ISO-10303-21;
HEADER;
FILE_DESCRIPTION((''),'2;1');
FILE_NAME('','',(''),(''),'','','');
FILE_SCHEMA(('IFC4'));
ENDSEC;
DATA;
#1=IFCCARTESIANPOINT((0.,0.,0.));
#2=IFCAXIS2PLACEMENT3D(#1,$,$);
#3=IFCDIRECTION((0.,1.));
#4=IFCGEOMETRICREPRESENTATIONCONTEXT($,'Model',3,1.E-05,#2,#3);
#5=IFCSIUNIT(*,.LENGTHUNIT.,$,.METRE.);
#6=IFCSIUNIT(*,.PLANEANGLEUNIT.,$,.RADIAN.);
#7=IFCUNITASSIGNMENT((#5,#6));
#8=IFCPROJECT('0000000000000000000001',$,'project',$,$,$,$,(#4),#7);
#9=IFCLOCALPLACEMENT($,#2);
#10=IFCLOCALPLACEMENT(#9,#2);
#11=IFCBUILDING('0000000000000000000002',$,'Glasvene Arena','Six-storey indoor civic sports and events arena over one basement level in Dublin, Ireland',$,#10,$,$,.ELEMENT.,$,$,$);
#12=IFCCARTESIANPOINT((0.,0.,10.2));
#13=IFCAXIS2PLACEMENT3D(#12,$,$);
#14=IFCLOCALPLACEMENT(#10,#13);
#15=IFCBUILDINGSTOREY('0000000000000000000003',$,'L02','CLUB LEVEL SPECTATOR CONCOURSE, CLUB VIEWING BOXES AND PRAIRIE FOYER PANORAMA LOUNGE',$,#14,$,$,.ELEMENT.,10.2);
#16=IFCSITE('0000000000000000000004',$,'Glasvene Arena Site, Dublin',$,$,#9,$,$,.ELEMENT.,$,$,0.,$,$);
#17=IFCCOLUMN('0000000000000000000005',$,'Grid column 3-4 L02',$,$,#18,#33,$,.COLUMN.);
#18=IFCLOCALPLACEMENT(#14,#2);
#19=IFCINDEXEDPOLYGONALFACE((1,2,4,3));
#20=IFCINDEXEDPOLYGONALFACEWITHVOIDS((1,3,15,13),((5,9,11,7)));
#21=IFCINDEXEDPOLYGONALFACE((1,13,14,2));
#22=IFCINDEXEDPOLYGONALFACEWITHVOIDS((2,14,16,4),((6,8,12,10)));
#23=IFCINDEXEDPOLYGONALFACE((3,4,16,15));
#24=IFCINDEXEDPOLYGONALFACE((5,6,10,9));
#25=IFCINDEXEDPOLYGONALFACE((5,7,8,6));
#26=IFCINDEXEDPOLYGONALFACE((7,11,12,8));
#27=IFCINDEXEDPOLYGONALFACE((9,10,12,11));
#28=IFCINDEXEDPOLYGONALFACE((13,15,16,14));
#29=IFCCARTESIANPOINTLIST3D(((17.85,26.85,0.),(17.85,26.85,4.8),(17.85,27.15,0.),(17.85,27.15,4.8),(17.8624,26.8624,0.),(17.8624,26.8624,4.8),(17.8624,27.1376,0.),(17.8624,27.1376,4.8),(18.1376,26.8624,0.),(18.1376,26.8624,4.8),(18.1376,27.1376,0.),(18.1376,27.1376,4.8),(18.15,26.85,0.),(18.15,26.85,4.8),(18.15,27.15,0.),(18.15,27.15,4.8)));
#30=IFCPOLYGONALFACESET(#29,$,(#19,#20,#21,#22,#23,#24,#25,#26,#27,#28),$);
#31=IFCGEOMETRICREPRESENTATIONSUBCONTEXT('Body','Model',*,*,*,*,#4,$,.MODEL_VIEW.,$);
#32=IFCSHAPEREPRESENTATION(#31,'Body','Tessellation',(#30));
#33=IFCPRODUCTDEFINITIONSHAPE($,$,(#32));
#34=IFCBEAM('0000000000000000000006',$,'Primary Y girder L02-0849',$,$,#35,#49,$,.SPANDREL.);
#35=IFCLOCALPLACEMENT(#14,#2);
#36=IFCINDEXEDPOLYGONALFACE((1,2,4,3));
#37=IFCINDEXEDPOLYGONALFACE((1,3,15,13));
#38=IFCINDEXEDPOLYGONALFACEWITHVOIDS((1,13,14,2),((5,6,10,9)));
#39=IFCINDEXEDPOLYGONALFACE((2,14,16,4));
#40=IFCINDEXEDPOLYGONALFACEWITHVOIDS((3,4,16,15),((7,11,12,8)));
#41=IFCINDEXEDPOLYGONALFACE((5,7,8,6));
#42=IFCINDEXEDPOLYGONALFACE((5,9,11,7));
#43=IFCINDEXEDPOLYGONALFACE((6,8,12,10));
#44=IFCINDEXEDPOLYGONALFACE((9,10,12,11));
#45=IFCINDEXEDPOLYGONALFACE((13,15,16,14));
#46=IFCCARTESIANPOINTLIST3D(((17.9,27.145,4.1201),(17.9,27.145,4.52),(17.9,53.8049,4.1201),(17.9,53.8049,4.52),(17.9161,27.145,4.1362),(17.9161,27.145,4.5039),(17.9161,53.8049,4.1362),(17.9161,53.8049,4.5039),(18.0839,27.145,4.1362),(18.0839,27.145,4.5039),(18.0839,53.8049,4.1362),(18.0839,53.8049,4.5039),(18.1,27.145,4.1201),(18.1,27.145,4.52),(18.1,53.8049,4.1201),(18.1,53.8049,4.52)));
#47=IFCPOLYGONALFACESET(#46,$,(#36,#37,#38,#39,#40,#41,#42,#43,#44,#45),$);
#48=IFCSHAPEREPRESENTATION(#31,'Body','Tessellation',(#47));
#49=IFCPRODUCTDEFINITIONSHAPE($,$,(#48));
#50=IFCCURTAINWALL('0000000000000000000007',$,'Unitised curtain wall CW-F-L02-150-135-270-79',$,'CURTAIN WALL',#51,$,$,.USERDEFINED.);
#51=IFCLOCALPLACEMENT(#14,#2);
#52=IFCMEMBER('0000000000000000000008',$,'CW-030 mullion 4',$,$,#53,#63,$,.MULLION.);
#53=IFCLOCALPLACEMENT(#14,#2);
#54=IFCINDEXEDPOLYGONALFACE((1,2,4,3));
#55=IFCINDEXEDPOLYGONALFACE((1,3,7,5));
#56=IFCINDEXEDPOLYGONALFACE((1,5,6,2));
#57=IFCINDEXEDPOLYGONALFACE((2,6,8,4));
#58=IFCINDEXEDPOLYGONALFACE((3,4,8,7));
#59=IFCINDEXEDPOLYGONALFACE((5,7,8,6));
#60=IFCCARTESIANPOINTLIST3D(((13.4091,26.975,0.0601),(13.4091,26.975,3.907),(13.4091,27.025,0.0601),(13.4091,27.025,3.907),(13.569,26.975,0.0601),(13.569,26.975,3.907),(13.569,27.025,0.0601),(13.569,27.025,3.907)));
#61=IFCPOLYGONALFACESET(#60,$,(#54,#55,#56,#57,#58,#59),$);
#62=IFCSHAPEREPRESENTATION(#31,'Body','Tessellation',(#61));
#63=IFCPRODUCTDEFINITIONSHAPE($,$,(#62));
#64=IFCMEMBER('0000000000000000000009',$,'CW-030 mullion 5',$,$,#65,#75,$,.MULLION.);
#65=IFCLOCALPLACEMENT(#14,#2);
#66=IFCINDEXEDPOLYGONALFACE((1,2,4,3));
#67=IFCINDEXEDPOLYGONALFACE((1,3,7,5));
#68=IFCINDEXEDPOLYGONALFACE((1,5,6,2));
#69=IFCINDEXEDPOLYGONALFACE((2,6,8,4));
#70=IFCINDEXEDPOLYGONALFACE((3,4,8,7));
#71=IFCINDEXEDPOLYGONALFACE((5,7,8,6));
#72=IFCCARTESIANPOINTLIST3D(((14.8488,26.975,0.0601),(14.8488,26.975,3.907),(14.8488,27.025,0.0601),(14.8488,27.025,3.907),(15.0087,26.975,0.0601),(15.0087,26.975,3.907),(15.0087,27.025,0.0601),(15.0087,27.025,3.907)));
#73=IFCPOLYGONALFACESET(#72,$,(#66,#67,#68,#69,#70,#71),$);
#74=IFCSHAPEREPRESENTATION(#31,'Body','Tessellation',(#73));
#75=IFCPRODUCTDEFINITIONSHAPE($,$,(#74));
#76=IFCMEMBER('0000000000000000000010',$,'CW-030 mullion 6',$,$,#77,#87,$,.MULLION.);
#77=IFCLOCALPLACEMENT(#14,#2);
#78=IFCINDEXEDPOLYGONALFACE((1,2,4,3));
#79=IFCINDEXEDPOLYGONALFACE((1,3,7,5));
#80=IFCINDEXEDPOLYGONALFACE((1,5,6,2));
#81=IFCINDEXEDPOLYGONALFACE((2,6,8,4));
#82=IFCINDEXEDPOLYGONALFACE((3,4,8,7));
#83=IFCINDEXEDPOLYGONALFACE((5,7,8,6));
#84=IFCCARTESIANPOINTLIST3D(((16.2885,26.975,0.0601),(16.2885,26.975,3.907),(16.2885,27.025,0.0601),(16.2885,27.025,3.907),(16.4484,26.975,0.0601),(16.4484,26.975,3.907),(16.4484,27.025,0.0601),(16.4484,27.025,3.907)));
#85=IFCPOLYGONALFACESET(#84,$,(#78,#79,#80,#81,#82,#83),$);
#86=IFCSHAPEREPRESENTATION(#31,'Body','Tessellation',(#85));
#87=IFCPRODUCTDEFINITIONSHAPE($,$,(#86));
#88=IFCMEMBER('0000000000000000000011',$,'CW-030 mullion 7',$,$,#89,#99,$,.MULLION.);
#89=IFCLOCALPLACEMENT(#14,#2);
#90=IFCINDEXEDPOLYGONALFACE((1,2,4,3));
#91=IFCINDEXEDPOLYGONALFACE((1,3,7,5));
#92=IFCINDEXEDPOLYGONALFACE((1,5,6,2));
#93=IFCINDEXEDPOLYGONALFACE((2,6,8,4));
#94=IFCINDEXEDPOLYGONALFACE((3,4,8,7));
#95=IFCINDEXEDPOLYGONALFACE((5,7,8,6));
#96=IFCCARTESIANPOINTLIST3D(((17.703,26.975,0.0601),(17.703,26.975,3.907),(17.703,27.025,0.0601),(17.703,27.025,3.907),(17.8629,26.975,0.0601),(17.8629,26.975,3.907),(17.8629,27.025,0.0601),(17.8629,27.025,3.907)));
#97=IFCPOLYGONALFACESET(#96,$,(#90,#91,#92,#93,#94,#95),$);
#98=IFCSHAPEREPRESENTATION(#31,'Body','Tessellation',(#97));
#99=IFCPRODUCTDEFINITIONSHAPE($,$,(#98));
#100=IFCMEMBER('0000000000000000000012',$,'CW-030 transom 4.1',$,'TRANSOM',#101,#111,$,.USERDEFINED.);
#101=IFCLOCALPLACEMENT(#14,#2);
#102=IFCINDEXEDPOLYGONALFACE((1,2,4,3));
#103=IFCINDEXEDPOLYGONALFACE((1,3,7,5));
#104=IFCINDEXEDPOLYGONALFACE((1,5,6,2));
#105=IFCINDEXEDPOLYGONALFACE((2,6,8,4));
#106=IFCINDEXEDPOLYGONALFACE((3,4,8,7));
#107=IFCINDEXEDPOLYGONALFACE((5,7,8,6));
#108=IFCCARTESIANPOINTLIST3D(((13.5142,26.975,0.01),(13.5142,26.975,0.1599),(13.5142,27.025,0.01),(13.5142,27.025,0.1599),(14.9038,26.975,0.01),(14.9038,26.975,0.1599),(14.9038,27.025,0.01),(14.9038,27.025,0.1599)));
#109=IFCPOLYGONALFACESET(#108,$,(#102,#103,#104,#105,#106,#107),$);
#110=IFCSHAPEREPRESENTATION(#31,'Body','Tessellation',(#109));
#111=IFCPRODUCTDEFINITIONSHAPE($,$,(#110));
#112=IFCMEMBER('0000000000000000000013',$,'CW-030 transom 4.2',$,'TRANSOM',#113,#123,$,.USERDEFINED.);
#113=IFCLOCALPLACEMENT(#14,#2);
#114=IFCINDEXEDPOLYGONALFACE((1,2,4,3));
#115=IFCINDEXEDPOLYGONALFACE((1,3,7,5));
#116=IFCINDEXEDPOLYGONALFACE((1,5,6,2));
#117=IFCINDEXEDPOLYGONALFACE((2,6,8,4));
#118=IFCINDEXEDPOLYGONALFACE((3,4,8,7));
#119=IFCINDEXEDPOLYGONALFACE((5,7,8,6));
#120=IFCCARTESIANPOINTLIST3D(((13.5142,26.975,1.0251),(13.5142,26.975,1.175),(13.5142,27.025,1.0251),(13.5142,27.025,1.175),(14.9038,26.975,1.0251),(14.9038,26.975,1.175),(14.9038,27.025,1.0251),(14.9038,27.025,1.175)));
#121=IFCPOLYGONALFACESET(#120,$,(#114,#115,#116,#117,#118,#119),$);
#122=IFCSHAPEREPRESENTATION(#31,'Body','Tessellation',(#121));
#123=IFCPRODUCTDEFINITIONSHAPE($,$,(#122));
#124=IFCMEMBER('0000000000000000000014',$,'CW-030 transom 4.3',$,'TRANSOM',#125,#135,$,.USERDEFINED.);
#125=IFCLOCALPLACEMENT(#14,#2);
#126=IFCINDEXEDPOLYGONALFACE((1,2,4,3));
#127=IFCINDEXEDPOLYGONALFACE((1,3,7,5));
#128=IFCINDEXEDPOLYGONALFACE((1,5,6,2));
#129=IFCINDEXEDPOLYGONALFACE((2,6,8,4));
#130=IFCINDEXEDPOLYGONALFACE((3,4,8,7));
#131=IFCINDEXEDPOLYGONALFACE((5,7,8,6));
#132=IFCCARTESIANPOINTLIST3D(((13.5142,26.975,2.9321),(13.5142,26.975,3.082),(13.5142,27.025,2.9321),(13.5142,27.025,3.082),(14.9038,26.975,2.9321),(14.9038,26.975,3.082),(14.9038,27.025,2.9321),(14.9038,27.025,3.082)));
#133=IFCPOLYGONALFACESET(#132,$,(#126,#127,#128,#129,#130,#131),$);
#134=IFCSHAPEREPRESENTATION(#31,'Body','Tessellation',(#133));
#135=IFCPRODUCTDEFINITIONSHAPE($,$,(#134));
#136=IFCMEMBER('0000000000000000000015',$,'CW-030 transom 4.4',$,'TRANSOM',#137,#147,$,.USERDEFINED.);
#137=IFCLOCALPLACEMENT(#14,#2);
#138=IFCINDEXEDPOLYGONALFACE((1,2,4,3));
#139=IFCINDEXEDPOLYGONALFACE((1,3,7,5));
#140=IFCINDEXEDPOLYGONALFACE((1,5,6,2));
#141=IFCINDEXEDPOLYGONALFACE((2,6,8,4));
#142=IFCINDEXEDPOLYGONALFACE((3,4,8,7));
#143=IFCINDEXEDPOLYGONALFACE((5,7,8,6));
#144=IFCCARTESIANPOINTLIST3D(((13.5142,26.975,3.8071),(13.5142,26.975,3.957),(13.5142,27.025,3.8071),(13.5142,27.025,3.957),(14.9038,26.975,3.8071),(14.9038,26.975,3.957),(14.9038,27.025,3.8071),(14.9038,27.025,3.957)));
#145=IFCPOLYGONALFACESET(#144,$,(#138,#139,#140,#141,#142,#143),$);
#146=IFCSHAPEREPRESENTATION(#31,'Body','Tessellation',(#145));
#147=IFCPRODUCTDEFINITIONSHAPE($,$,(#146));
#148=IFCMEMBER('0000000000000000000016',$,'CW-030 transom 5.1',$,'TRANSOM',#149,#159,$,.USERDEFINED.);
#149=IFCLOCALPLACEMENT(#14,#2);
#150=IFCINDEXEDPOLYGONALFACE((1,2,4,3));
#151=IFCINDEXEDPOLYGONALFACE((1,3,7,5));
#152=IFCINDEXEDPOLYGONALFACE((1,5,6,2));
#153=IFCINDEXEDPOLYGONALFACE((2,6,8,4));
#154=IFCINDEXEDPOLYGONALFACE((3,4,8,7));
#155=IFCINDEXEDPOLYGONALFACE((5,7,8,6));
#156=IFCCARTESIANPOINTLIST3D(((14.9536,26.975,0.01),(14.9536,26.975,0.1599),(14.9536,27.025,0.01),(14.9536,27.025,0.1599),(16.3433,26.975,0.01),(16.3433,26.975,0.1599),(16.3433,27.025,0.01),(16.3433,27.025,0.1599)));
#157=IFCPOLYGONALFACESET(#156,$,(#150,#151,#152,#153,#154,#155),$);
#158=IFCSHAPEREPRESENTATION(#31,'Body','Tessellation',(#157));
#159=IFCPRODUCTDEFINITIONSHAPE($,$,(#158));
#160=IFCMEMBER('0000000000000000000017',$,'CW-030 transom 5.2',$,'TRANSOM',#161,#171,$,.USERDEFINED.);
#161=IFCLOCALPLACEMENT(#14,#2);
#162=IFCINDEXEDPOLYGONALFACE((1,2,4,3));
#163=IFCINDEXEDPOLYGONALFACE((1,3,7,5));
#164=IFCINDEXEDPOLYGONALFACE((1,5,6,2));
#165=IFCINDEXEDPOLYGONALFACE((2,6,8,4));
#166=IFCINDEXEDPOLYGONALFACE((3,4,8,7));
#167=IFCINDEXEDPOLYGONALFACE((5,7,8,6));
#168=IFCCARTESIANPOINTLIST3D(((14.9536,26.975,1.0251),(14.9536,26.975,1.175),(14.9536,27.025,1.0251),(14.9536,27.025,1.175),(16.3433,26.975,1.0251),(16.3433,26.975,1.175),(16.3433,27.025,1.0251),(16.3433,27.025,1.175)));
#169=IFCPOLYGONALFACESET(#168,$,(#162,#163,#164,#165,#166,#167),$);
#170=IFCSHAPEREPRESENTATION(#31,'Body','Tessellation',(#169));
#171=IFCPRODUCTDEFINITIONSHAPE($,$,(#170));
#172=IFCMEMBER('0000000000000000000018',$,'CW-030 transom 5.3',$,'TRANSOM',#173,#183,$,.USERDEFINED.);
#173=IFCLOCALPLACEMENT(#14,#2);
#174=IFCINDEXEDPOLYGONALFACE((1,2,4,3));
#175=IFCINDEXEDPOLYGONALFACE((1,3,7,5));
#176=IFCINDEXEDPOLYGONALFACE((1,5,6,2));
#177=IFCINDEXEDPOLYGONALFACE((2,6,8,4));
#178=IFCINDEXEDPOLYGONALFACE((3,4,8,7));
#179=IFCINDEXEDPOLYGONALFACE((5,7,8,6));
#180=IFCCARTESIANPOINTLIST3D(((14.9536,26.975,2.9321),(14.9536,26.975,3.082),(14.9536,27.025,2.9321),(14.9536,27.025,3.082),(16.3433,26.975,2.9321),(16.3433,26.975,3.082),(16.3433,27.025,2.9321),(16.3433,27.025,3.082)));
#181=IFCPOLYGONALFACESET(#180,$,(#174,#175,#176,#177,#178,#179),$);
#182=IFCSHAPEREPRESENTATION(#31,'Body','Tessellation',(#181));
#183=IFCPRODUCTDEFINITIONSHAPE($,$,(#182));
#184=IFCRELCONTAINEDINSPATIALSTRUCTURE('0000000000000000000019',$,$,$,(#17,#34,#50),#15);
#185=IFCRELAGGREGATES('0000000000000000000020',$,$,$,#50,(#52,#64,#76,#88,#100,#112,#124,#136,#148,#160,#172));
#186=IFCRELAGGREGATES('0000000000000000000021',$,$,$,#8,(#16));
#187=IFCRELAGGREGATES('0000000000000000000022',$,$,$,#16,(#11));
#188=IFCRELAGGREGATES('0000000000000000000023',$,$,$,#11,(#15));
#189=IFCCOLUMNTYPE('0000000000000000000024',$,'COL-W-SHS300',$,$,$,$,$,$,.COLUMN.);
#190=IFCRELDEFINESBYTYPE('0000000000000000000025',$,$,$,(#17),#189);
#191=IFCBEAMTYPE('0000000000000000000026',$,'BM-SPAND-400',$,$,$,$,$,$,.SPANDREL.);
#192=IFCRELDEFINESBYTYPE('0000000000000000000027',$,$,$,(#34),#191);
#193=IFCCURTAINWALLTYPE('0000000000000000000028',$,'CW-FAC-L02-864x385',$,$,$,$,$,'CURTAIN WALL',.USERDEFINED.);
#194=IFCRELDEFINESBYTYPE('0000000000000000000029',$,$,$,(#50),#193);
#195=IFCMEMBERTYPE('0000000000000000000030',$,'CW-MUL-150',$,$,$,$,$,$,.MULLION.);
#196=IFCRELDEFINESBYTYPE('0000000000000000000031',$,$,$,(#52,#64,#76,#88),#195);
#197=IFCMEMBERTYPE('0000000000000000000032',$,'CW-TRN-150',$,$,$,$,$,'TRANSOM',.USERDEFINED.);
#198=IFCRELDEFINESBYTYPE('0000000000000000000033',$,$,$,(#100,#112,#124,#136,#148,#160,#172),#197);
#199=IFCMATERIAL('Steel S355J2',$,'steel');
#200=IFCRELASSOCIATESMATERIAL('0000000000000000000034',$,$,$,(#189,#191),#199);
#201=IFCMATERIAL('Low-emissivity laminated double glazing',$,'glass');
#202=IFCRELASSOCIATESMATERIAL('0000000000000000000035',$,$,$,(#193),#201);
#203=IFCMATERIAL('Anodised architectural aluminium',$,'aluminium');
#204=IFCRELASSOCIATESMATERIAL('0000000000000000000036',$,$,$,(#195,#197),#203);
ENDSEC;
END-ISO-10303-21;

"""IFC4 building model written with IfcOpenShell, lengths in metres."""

from ifc_helpers import new_model, si_unit, direction, frame, origin, origin_2d, place, context, subcontext, project, spatial, rectangle, hollow_rectangle, extrude, material, material_profile, profile_set, type_object, element, aggregate, save


model = new_model("IFC4")

# Units and contexts
model_context = context("Model", 3, precision=1e-05, world=origin(), true_north=direction((0.0, 1.0)))
body_context = subcontext(model_context, "Body", "Model", "MODEL_VIEW")
ifc_project = project(units=[si_unit("LENGTHUNIT", "METRE"), si_unit("PLANEANGLEUNIT", "RADIAN")], contexts=[model_context])

# Site, building, storey
site_placement = place(None, origin())
site = spatial("IfcSite", under=ifc_project, at=site_placement, Name="Glasvene Arena Site, Dublin", CompositionType="ELEMENT", RefElevation=0.0)
building_placement = place(site_placement, origin())
building = spatial("IfcBuilding", under=site, at=building_placement, Name="Glasvene Arena", Description="Six-storey indoor civic sports and events arena over one basement level in Dublin, Ireland", CompositionType="ELEMENT")
storey_placement = place(building_placement, frame((0.0, 0.0, 10.2)))
storey = spatial("IfcBuildingStorey", under=building, at=storey_placement, Name="L02", Description="CLUB LEVEL SPECTATOR CONCOURSE, CLUB VIEWING BOXES AND PRAIRIE FOYER PANORAMA LOUNGE", CompositionType="ELEMENT", Elevation=10.2)

# Column
ifc_material_1 = material(Name="Steel S355J2", Category="steel")
ifc_material_profile_1 = material_profile(ifc_material_1, hollow_rectangle(XDim=0.3, YDim=0.3, WallThickness=0.0125, at=origin_2d()), Name="SHS 300x300x12.5")
ifc_profile_set_1 = profile_set([ifc_material_profile_1], Name="Steel S355J2")
column_type = type_object("IfcColumnType", Name="COL-W-SHS300", PredefinedType="COLUMN", material=ifc_profile_set_1)
column_placement = place(storey_placement, frame((18.0, 27.0, 0.0), z_axis=(0.0, 0.0, 1.0), x_axis=(1.0, 0.0, 0.0)))
element("IfcColumn", 1, at=column_placement, inside=storey, type_object=column_type, Name="Grid column 3-4 L02", PredefinedType="COLUMN", context=body_context, shape_type="SweptSolid", body=[
    extrude(hollow_rectangle(XDim=0.3, YDim=0.3, WallThickness=0.0125, at=origin_2d()), origin(), (0.0, 0.0, 1.0), 4.8),
])

# Beam
ifc_material_profile_2 = material_profile(ifc_material_1, hollow_rectangle(XDim=0.2, YDim=0.3999, WallThickness=0.0161, at=origin_2d()), Name="RHS 400x200x16.0")
ifc_profile_set_2 = profile_set([ifc_material_profile_2], Name="Steel S355J2")
beam_type = type_object("IfcBeamType", Name="BM-SPAND-400", PredefinedType="SPANDREL", material=ifc_profile_set_2)
beam_placement = place(storey_placement, frame((18.0, 27.145, 4.3201), z_axis=(0.0, 1.0, 0.0), x_axis=(-1.0, 0.0, 0.0)))
element("IfcBeam", 2, at=beam_placement, inside=storey, type_object=beam_type, Name="Primary Y girder L02-0849", PredefinedType="SPANDREL", context=body_context, shape_type="SweptSolid", body=[
    extrude(hollow_rectangle(XDim=0.2, YDim=0.3999, WallThickness=0.0161, at=origin_2d()), origin(), (0.0, 0.0, 1.0), 26.6599),
])

# Curtain wall, members
ifc_material_2 = material(Name="Low-emissivity laminated double glazing", Category="glass")
curtain_wall_type = type_object("IfcCurtainWallType", Name="CW-FAC-L02-864x385", ElementType="CURTAIN WALL", PredefinedType="USERDEFINED", material=ifc_material_2)
curtain_wall_placement = place(storey_placement, frame((9.1702, 27.0, 0.0)))
curtain_wall = element("IfcCurtainWall", 3, at=curtain_wall_placement, inside=storey, type_object=curtain_wall_type, Name="Unitised curtain wall CW-F-L02-150-135-270-79", ObjectType="CURTAIN WALL", PredefinedType="USERDEFINED")
ifc_material_3 = material(Name="Anodised architectural aluminium", Category="aluminium")
ifc_material_profile_3 = material_profile(ifc_material_3, rectangle(XDim=0.05, YDim=0.1599, at=origin_2d()), Name="ALU MULLION 50x160")
ifc_profile_set_3 = profile_set([ifc_material_profile_3], Name="Anodised architectural aluminium")
member_type_1 = type_object("IfcMemberType", Name="CW-MUL-150", PredefinedType="MULLION", material=ifc_profile_set_3)
member_1_placement = place(storey_placement, frame((13.489, 27.0, 0.0601), z_axis=(0.0, 0.0, 1.0), x_axis=(0.0, 1.0, 0.0)))
member_1 = element("IfcMember", 4, at=member_1_placement, type_object=member_type_1, Name="CW-030 mullion 4", PredefinedType="MULLION", context=body_context, shape_type="SweptSolid", body=[
    extrude(rectangle(XDim=0.05, YDim=0.1599, at=origin_2d()), origin(), (0.0, 0.0, 1.0), 3.8469),
])
member_2_placement = place(storey_placement, frame((14.9287, 27.0, 0.0601), z_axis=(0.0, 0.0, 1.0), x_axis=(0.0, 1.0, 0.0)))
member_2 = element("IfcMember", 5, at=member_2_placement, type_object=member_type_1, Name="CW-030 mullion 5", PredefinedType="MULLION", context=body_context, shape_type="SweptSolid", body=[
    extrude(rectangle(XDim=0.05, YDim=0.1599, at=origin_2d()), origin(), (0.0, 0.0, 1.0), 3.8469),
])
member_3_placement = place(storey_placement, frame((16.3684, 27.0, 0.0601), z_axis=(0.0, 0.0, 1.0), x_axis=(0.0, 1.0, 0.0)))
member_3 = element("IfcMember", 6, at=member_3_placement, type_object=member_type_1, Name="CW-030 mullion 6", PredefinedType="MULLION", context=body_context, shape_type="SweptSolid", body=[
    extrude(rectangle(XDim=0.05, YDim=0.1599, at=origin_2d()), origin(), (0.0, 0.0, 1.0), 3.8469),
])
member_4_placement = place(storey_placement, frame((17.783, 27.0, 0.0601), z_axis=(0.0, 0.0, 1.0), x_axis=(0.0, 1.0, 0.0)))
member_4 = element("IfcMember", 7, at=member_4_placement, type_object=member_type_1, Name="CW-030 mullion 7", PredefinedType="MULLION", context=body_context, shape_type="SweptSolid", body=[
    extrude(rectangle(XDim=0.05, YDim=0.1599, at=origin_2d()), origin(), (0.0, 0.0, 1.0), 3.8469),
])
ifc_material_profile_4 = material_profile(ifc_material_3, rectangle(XDim=0.05, YDim=0.1499, at=origin_2d()), Name="ALU TRANSOM 50x150")
ifc_profile_set_4 = profile_set([ifc_material_profile_4], Name="Anodised architectural aluminium")
member_type_2 = type_object("IfcMemberType", Name="CW-TRN-150", ElementType="TRANSOM", PredefinedType="USERDEFINED", material=ifc_profile_set_4)
member_5_placement = place(storey_placement, frame((13.5142, 27.0, 0.085), z_axis=(1.0, 0.0, 0.0), x_axis=(0.0, 1.0, 0.0)))
member_5 = element("IfcMember", 8, at=member_5_placement, type_object=member_type_2, Name="CW-030 transom 4.1", ObjectType="TRANSOM", PredefinedType="USERDEFINED", context=body_context, shape_type="SweptSolid", body=[
    extrude(rectangle(XDim=0.05, YDim=0.1499, at=origin_2d()), origin(), (0.0, 0.0, 1.0), 1.3896),
])
member_6_placement = place(storey_placement, frame((13.5142, 27.0, 1.1001), z_axis=(1.0, 0.0, 0.0), x_axis=(0.0, 1.0, 0.0)))
member_6 = element("IfcMember", 9, at=member_6_placement, type_object=member_type_2, Name="CW-030 transom 4.2", ObjectType="TRANSOM", PredefinedType="USERDEFINED", context=body_context, shape_type="SweptSolid", body=[
    extrude(rectangle(XDim=0.05, YDim=0.1499, at=origin_2d()), origin(), (0.0, 0.0, 1.0), 1.3896),
])
member_7_placement = place(storey_placement, frame((13.5142, 27.0, 3.0071), z_axis=(1.0, 0.0, 0.0), x_axis=(0.0, 1.0, 0.0)))
member_7 = element("IfcMember", 10, at=member_7_placement, type_object=member_type_2, Name="CW-030 transom 4.3", ObjectType="TRANSOM", PredefinedType="USERDEFINED", context=body_context, shape_type="SweptSolid", body=[
    extrude(rectangle(XDim=0.05, YDim=0.1499, at=origin_2d()), origin(), (0.0, 0.0, 1.0), 1.3896),
])
member_8_placement = place(storey_placement, frame((13.5142, 27.0, 3.8821), z_axis=(1.0, 0.0, 0.0), x_axis=(0.0, 1.0, 0.0)))
member_8 = element("IfcMember", 11, at=member_8_placement, type_object=member_type_2, Name="CW-030 transom 4.4", ObjectType="TRANSOM", PredefinedType="USERDEFINED", context=body_context, shape_type="SweptSolid", body=[
    extrude(rectangle(XDim=0.05, YDim=0.1499, at=origin_2d()), origin(), (0.0, 0.0, 1.0), 1.3896),
])
member_9_placement = place(storey_placement, frame((14.9536, 27.0, 0.085), z_axis=(1.0, 0.0, 0.0), x_axis=(0.0, 1.0, 0.0)))
member_9 = element("IfcMember", 12, at=member_9_placement, type_object=member_type_2, Name="CW-030 transom 5.1", ObjectType="TRANSOM", PredefinedType="USERDEFINED", context=body_context, shape_type="SweptSolid", body=[
    extrude(rectangle(XDim=0.05, YDim=0.1499, at=origin_2d()), origin(), (0.0, 0.0, 1.0), 1.3896),
])
member_10_placement = place(storey_placement, frame((14.9536, 27.0, 1.1001), z_axis=(1.0, 0.0, 0.0), x_axis=(0.0, 1.0, 0.0)))
member_10 = element("IfcMember", 13, at=member_10_placement, type_object=member_type_2, Name="CW-030 transom 5.2", ObjectType="TRANSOM", PredefinedType="USERDEFINED", context=body_context, shape_type="SweptSolid", body=[
    extrude(rectangle(XDim=0.05, YDim=0.1499, at=origin_2d()), origin(), (0.0, 0.0, 1.0), 1.3896),
])
member_11_placement = place(storey_placement, frame((14.9536, 27.0, 3.0071), z_axis=(1.0, 0.0, 0.0), x_axis=(0.0, 1.0, 0.0)))
member_11 = element("IfcMember", 14, at=member_11_placement, type_object=member_type_2, Name="CW-030 transom 5.3", ObjectType="TRANSOM", PredefinedType="USERDEFINED", context=body_context, shape_type="SweptSolid", body=[
    extrude(rectangle(XDim=0.05, YDim=0.1499, at=origin_2d()), origin(), (0.0, 0.0, 1.0), 1.3896),
])
aggregate(curtain_wall, [member_1, member_2, member_3, member_4, member_5, member_6, member_7, member_8, member_9, member_10, member_11])

save(model, "model.ifc")
